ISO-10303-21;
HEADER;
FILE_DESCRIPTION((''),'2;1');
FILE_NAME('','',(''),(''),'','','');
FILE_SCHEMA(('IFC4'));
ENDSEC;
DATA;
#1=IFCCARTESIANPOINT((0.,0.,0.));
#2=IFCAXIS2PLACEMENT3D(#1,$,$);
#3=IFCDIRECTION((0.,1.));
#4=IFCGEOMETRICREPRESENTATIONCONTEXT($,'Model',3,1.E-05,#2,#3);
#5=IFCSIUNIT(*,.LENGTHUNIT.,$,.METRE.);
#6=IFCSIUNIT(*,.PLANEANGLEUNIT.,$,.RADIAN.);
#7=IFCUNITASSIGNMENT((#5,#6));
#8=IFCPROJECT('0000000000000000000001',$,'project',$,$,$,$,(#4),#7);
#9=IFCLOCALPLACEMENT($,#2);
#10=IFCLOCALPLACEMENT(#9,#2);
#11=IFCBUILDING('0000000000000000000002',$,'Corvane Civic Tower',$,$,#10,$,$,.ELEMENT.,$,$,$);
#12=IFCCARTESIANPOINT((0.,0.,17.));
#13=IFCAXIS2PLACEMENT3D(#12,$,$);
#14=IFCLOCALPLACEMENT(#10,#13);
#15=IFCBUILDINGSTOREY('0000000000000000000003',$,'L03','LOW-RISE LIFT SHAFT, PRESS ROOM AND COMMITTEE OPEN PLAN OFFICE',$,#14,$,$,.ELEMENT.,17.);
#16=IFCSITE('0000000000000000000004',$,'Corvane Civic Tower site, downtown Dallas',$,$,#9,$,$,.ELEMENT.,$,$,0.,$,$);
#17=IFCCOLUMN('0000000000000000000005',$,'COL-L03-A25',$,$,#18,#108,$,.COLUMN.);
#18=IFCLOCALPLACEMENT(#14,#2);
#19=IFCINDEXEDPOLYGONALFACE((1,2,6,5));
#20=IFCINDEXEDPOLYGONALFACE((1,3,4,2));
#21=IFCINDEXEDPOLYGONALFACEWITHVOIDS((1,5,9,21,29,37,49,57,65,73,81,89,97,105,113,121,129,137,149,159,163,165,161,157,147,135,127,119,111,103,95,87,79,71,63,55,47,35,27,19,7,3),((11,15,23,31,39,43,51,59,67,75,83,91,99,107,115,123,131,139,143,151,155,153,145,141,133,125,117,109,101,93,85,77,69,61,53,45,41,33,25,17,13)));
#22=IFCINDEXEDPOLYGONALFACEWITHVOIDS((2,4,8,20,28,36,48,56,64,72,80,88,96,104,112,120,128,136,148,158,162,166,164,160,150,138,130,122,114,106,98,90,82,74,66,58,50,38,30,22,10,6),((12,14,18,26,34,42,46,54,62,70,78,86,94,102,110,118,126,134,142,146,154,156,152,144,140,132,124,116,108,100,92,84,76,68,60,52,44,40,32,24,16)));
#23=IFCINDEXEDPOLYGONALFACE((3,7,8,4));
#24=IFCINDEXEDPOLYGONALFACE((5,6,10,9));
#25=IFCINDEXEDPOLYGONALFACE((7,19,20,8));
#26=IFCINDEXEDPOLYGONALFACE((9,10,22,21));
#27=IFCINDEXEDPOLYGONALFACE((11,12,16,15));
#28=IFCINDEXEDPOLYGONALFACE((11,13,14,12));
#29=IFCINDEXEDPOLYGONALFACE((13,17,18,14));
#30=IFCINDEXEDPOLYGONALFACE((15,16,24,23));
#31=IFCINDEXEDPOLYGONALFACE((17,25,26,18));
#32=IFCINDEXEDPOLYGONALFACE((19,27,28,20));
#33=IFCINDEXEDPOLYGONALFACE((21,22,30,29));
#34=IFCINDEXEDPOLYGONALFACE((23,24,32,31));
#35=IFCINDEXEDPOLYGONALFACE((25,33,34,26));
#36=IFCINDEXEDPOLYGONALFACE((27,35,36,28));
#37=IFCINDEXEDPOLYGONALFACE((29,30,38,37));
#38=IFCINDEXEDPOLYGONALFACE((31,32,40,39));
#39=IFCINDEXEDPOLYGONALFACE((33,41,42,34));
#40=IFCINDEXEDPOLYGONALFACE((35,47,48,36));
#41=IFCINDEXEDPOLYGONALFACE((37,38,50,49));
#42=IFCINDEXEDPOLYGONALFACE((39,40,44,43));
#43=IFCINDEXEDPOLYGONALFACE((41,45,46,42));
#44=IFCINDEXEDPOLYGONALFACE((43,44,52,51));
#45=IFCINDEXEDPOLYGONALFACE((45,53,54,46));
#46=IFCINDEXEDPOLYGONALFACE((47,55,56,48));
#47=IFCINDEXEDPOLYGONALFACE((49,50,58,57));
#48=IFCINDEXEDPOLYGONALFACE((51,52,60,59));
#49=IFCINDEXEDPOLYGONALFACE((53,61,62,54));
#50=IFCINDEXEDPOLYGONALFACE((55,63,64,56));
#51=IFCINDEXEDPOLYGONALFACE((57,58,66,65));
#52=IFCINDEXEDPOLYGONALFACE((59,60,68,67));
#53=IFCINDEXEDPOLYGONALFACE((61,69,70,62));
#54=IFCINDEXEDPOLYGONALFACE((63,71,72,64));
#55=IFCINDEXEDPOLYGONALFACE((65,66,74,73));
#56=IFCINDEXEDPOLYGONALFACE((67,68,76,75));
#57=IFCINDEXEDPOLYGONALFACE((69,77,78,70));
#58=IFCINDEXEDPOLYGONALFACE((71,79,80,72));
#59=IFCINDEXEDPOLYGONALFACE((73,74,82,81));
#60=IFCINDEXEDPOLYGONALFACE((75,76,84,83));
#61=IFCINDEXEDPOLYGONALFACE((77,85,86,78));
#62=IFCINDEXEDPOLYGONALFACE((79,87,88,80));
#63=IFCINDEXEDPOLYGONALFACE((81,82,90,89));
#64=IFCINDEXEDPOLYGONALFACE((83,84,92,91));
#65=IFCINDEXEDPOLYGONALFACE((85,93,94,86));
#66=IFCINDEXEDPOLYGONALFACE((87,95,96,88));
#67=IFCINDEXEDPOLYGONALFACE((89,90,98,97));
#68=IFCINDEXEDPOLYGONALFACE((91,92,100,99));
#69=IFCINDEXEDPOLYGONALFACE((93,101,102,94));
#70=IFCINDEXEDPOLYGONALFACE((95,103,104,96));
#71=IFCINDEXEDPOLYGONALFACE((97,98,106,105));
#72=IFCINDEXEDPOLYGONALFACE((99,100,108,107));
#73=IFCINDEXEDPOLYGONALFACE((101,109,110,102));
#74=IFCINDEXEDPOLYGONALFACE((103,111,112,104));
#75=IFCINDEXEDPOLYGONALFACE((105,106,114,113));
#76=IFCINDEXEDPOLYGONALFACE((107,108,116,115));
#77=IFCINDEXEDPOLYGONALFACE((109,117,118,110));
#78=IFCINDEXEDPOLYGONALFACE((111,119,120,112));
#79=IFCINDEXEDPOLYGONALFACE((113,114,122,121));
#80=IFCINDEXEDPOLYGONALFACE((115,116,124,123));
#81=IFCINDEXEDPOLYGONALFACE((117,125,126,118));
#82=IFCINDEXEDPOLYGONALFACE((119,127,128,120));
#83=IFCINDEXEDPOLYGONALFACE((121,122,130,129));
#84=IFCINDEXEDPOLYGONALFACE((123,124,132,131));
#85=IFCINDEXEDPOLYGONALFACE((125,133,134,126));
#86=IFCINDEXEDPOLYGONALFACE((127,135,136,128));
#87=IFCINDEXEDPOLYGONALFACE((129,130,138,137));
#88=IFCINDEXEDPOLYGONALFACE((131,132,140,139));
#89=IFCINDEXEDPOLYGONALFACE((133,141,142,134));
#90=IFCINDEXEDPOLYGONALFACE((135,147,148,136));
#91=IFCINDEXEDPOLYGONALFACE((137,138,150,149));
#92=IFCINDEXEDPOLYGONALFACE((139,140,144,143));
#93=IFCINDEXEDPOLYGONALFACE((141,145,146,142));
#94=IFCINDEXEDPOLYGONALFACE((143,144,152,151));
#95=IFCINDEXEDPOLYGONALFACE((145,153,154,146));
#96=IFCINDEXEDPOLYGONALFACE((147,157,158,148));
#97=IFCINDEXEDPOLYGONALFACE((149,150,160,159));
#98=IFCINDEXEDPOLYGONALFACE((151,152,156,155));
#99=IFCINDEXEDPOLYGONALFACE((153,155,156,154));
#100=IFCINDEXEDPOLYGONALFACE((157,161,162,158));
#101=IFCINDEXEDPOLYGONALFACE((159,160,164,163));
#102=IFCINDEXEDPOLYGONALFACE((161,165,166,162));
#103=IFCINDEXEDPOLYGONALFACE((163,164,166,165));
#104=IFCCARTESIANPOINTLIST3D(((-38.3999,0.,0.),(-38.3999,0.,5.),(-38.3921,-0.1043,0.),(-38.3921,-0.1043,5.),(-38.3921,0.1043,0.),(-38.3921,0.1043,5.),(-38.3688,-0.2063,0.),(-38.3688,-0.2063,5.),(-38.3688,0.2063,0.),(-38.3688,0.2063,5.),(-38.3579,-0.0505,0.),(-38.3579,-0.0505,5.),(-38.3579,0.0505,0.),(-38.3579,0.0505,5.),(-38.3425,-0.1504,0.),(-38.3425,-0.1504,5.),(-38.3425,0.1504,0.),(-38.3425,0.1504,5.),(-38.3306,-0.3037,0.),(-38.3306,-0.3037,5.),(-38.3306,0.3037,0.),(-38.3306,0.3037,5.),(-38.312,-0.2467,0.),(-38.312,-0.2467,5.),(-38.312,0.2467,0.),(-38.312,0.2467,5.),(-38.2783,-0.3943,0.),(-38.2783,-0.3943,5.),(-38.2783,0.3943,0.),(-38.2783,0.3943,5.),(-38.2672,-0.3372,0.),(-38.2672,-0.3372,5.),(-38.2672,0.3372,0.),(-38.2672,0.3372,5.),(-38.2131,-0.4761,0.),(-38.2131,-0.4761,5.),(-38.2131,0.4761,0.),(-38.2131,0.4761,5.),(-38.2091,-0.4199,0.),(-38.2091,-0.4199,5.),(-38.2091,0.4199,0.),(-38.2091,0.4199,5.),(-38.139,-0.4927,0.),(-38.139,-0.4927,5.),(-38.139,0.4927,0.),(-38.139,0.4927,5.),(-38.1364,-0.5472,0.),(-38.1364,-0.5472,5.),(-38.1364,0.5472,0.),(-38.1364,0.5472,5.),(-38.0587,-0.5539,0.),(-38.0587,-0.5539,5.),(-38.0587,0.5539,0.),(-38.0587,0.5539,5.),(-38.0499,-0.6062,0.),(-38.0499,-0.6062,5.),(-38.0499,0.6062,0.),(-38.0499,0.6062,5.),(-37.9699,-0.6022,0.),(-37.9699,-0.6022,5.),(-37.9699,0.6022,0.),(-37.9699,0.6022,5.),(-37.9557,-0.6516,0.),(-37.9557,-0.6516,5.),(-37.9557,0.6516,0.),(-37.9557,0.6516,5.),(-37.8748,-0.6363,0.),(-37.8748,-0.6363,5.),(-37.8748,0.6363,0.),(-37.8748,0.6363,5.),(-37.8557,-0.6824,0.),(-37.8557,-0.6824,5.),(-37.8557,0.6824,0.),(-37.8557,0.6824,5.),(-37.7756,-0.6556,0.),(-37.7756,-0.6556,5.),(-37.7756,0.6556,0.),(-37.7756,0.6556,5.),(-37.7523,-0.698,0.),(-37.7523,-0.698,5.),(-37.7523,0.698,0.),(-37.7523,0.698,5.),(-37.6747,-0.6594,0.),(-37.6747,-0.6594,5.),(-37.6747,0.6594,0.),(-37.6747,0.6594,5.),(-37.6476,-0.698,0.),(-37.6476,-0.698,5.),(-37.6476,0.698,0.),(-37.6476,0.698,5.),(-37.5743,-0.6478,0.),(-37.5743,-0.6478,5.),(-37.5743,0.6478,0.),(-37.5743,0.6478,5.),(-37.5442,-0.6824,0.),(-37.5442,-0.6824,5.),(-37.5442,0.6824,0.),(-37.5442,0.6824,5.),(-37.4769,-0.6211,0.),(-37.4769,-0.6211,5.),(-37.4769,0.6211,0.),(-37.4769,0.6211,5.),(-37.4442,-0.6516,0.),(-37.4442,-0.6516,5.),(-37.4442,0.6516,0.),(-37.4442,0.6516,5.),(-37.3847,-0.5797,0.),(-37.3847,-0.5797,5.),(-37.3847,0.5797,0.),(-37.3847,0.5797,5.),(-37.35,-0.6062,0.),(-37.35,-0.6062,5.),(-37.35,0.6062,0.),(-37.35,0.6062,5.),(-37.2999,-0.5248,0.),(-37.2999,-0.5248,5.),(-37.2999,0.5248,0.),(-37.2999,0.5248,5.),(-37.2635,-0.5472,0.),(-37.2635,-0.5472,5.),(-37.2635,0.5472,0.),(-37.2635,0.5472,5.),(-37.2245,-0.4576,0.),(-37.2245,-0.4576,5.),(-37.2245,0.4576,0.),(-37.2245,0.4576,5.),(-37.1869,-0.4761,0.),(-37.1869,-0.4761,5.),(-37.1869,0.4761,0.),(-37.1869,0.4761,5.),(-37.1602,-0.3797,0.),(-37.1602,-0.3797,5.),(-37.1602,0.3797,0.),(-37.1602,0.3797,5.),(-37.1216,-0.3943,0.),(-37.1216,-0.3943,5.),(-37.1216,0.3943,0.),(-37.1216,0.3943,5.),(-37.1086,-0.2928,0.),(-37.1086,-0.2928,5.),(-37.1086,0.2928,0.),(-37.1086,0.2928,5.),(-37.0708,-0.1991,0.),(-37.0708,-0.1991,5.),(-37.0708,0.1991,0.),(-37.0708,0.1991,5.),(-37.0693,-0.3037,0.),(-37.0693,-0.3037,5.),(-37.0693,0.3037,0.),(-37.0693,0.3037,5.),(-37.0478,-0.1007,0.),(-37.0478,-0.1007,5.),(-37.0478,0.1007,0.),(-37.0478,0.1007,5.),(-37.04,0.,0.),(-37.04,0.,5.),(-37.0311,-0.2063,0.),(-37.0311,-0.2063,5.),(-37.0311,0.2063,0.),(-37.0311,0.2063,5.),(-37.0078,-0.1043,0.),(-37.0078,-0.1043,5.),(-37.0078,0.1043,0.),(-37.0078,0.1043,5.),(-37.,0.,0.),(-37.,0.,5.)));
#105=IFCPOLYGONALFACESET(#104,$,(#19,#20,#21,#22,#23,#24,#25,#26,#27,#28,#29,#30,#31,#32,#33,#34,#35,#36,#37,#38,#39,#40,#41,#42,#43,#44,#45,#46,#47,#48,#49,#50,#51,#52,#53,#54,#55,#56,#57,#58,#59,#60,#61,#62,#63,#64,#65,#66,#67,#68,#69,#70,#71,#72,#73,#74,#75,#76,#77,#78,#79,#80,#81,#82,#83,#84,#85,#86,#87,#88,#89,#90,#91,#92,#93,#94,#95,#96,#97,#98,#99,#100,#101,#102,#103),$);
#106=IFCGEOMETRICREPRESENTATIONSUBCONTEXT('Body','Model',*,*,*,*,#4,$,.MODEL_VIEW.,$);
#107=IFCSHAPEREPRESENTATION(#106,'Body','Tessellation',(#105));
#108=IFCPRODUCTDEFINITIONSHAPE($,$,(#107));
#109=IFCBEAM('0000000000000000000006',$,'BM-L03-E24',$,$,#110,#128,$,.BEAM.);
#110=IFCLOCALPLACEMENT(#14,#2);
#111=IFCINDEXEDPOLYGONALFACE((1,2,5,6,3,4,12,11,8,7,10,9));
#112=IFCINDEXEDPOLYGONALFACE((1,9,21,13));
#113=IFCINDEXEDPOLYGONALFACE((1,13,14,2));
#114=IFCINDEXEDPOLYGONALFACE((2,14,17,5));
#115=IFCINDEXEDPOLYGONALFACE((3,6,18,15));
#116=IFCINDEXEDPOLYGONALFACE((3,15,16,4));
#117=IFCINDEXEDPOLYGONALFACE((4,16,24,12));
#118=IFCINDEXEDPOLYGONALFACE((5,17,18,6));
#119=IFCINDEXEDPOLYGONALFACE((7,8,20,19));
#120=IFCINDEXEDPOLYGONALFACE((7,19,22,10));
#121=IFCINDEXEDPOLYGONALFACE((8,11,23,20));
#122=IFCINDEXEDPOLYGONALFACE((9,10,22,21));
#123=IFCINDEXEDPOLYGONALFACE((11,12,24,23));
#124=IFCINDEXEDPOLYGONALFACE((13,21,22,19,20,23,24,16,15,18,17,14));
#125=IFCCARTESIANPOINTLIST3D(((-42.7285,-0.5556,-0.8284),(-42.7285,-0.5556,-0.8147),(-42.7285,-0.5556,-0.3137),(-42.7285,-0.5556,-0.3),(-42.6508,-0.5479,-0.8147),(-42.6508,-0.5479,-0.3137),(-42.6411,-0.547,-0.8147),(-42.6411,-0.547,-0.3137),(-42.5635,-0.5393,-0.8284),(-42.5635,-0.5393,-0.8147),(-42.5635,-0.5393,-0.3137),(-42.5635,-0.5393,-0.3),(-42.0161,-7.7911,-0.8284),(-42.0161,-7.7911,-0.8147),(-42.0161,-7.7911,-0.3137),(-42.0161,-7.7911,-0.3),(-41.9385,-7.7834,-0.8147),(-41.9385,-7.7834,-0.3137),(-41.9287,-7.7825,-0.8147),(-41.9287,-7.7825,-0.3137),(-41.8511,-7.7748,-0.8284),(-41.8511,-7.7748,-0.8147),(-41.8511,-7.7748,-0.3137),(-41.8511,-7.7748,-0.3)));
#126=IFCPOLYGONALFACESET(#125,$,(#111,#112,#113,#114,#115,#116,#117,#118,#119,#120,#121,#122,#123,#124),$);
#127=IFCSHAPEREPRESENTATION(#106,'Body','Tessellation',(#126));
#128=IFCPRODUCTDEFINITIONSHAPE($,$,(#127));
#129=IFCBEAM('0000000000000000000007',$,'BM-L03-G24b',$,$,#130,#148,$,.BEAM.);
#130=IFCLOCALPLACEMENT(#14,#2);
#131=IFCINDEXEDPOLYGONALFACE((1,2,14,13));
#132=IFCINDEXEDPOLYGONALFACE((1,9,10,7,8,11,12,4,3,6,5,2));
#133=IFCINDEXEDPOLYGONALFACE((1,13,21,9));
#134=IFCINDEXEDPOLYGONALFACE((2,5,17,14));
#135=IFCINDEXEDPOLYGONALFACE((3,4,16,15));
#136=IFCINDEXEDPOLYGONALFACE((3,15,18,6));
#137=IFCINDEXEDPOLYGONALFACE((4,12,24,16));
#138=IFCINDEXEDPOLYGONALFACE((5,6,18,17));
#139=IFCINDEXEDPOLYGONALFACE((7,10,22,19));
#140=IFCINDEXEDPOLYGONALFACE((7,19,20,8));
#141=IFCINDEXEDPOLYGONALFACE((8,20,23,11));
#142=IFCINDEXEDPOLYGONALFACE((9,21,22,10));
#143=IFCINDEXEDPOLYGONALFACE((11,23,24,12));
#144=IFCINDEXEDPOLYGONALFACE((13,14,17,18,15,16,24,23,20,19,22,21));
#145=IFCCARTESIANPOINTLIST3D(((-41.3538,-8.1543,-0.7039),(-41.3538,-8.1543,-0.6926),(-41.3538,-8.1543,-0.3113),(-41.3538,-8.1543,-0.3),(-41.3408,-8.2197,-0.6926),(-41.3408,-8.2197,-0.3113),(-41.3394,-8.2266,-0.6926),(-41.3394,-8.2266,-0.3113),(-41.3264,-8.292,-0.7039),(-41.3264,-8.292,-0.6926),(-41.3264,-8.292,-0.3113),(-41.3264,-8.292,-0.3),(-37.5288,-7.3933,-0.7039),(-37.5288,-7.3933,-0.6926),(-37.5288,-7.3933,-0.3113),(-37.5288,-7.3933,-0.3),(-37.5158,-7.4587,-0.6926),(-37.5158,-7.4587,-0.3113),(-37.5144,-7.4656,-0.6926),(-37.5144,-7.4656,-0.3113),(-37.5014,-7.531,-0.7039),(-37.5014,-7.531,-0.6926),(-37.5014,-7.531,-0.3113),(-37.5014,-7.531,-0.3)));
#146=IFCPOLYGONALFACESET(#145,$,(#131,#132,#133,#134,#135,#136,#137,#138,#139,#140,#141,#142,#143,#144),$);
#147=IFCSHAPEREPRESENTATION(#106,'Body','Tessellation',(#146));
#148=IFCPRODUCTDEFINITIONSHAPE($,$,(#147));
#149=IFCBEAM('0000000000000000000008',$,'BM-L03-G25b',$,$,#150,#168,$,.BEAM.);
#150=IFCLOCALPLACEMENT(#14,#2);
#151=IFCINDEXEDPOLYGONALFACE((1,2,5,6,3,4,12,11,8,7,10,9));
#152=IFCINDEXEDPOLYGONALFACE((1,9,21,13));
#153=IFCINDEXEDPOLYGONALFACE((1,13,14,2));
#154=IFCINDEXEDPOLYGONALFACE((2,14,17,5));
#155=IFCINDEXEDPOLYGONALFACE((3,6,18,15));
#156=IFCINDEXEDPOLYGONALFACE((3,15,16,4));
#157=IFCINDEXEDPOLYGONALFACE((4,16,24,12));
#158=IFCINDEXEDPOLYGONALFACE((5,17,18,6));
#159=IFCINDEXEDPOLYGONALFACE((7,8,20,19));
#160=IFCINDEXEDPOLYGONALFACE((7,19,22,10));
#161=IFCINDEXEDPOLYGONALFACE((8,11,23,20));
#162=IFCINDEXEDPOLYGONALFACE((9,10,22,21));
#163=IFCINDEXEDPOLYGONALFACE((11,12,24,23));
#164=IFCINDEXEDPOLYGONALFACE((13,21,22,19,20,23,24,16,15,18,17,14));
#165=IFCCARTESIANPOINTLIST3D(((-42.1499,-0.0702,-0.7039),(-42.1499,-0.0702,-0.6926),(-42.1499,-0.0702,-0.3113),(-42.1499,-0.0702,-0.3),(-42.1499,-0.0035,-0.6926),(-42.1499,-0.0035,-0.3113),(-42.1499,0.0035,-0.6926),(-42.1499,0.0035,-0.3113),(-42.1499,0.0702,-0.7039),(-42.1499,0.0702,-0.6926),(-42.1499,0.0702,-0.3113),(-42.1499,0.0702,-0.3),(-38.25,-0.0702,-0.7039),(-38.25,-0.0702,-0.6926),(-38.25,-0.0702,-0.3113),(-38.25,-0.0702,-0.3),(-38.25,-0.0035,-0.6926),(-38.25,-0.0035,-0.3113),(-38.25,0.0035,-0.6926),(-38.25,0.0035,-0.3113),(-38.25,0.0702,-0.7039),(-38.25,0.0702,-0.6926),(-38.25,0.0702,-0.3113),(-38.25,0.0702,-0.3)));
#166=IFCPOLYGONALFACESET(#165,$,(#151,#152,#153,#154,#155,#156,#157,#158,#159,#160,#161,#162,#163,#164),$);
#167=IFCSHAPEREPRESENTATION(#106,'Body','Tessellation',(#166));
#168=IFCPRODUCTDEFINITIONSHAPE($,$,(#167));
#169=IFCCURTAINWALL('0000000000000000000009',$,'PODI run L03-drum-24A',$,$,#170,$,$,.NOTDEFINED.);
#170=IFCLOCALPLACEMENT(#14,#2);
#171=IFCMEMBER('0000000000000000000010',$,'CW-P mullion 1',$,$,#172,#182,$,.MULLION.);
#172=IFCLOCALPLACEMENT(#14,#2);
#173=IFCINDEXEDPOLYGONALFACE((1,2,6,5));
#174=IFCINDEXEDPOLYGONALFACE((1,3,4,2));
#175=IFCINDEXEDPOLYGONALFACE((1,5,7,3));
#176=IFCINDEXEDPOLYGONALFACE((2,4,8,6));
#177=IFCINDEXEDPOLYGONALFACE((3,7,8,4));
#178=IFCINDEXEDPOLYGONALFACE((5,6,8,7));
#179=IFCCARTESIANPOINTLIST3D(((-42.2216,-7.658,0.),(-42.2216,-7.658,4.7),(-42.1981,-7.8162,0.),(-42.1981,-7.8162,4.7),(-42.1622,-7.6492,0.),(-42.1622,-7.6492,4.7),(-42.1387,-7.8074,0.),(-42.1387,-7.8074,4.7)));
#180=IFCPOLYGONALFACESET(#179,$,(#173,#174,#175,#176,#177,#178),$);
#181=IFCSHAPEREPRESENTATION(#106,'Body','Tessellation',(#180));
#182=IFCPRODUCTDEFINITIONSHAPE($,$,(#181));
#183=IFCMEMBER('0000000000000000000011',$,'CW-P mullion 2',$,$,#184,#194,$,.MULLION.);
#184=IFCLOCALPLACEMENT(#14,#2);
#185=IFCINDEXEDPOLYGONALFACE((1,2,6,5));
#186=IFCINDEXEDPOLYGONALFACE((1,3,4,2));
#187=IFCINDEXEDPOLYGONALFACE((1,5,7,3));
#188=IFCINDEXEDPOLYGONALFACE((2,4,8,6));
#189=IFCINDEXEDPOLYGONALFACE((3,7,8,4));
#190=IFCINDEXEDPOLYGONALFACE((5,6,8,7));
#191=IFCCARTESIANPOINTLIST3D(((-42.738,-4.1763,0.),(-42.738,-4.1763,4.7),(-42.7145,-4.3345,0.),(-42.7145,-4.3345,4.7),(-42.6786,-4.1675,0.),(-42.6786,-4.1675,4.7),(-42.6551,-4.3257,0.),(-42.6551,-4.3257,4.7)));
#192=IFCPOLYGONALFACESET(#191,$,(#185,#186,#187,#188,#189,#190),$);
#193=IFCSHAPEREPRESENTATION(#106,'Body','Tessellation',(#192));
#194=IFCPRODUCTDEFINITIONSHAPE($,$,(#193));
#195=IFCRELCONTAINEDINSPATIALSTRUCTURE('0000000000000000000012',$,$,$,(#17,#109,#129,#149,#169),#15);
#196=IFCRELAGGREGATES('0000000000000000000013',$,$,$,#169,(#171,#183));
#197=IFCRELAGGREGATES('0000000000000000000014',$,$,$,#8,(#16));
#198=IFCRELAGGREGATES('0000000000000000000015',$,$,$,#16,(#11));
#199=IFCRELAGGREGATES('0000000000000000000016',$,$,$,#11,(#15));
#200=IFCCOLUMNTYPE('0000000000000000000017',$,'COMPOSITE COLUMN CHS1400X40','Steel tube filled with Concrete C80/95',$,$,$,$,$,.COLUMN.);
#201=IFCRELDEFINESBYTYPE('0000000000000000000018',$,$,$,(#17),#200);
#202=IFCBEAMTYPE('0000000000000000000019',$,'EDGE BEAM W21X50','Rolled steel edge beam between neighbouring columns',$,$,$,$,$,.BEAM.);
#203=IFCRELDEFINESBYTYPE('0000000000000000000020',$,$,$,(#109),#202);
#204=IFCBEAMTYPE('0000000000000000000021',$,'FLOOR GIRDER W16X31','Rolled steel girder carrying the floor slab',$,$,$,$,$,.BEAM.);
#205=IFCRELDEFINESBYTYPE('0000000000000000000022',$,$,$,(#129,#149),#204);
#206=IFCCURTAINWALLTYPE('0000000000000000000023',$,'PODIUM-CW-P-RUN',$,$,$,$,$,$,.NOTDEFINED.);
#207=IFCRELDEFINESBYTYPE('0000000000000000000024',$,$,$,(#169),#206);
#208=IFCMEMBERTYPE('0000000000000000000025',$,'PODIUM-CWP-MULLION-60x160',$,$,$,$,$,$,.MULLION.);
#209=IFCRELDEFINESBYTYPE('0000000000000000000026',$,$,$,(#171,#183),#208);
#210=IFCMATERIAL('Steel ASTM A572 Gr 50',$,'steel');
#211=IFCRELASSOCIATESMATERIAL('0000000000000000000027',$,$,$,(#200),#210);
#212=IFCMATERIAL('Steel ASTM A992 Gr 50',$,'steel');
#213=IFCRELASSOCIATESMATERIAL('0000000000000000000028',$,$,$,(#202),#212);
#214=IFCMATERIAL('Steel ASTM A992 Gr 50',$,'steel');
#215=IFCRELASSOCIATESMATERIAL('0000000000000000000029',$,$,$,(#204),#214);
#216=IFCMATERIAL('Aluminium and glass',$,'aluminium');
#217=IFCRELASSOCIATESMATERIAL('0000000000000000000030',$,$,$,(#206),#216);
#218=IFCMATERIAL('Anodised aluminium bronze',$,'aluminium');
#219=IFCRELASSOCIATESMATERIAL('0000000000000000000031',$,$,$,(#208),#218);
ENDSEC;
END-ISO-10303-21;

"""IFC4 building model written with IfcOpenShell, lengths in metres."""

from ifc_helpers import new_model, si_unit, direction, frame, origin, origin_2d, place, context, subcontext, project, spatial, rectangle, hollow_circle, i_section, extrude, material, material_profile, profile_set, type_object, element, aggregate, save


model = new_model("IFC4")

# Units and contexts
model_context = context("Model", 3, precision=1e-05, world=origin(), true_north=direction((0.0, 1.0)))
body_context = subcontext(model_context, "Body", "Model", "MODEL_VIEW")
ifc_project = project(units=[si_unit("LENGTHUNIT", "METRE"), si_unit("PLANEANGLEUNIT", "RADIAN")], contexts=[model_context])

# Site, building, storey
site_placement = place(None, origin())
site = spatial("IfcSite", under=ifc_project, at=site_placement, Name="Corvane Civic Tower site, downtown Dallas", CompositionType="ELEMENT", RefElevation=0.0)
building_placement = place(site_placement, origin())
building = spatial("IfcBuilding", under=site, at=building_placement, Name="Corvane Civic Tower", CompositionType="ELEMENT")
storey_placement = place(building_placement, frame((0.0, 0.0, 17.0)))
storey = spatial("IfcBuildingStorey", under=building, at=storey_placement, Name="L03", Description="LOW-RISE LIFT SHAFT, PRESS ROOM AND COMMITTEE OPEN PLAN OFFICE", CompositionType="ELEMENT", Elevation=17.0)

# Column
ifc_material_1 = material(Name="Steel ASTM A572 Gr 50", Category="steel")
ifc_material_profile_1 = material_profile(ifc_material_1, hollow_circle(Radius=0.7, WallThickness=0.04, at=origin_2d()), Name="CHS1400X40")
ifc_profile_set_1 = profile_set([ifc_material_profile_1], Name="Steel ASTM A572 Gr 50")
column_type_1 = type_object("IfcColumnType", Name="COMPOSITE COLUMN CHS1400X40", Description="Steel tube filled with Concrete C80/95", PredefinedType="COLUMN", material=ifc_profile_set_1)
for number, where, z_axis, x_axis, name in (
    (1, (-37.7, 0.0, 0.0), (0.0, 0.0, 1.0), (1.0, 0.0, 0.0), "COL-L03-A25"),
):
    element("IfcColumn", number, at=place(storey_placement, frame(where, z_axis=z_axis, x_axis=x_axis)), inside=storey, type_object=column_type_1, Name=name, PredefinedType="COLUMN", context=body_context, shape_type="SweptSolid", body=[
        extrude(hollow_circle(Radius=0.7, WallThickness=0.04, at=origin_2d()), origin(), (0.0, 0.0, 1.0), 5.0),
    ])

# Beams
ifc_material_2 = material(Name="Steel ASTM A992 Gr 50", Category="steel")
ifc_material_profile_2 = material_profile(ifc_material_2, i_section(OverallWidth=0.1658, OverallDepth=0.5283, WebThickness=0.0098, FlangeThickness=0.0137, at=origin_2d()), Name="W21X50")
ifc_profile_set_2 = profile_set([ifc_material_profile_2], Name="Steel ASTM A992 Gr 50")
beam_type_1 = type_object("IfcBeamType", Name="EDGE BEAM W21X50", Description="Rolled steel edge beam between neighbouring columns", PredefinedType="BEAM", material=ifc_profile_set_2)
beam_placement = place(storey_placement, frame((-41.9336, -7.783, -0.5642), z_axis=(-0.097984, 0.995188, 0.0), x_axis=(-0.995188, -0.097984, 0.0)))
element("IfcBeam", 2, at=beam_placement, inside=storey, type_object=beam_type_1, Name="BM-L03-E24", PredefinedType="BEAM", context=body_context, shape_type="SweptSolid", body=[
    extrude(i_section(OverallWidth=0.1658, OverallDepth=0.5283, WebThickness=0.0098, FlangeThickness=0.0137, at=origin_2d()), origin(), (0.0, 0.0, 1.0), 7.2705),
])
ifc_material_3 = material(Name="Steel ASTM A992 Gr 50", Category="steel")
ifc_material_profile_3 = material_profile(ifc_material_3, i_section(OverallWidth=0.1404, OverallDepth=0.4038, WebThickness=0.0071, FlangeThickness=0.0112, at=origin_2d()), Name="W16X31")
ifc_profile_set_3 = profile_set([ifc_material_profile_3], Name="Steel ASTM A992 Gr 50")
beam_type_2 = type_object("IfcBeamType", Name="FLOOR GIRDER W16X31", Description="Rolled steel girder carrying the floor slab", PredefinedType="BEAM", material=ifc_profile_set_3)
for number, where, z_axis, x_axis, name in (
    (3, (-37.5151, -7.4622, -0.502), (-0.980778, -0.195129, 0.0), (0.195129, -0.980778, 0.0), "BM-L03-G24b"),
    (4, (-38.25, 0.0, -0.502), (-1.0, 0.0, 0.0), (0.0, -1.0, 0.0), "BM-L03-G25b"),
):
    element("IfcBeam", number, at=place(storey_placement, frame(where, z_axis=z_axis, x_axis=x_axis)), inside=storey, type_object=beam_type_2, Name=name, PredefinedType="BEAM", context=body_context, shape_type="SweptSolid", body=[
        extrude(i_section(OverallWidth=0.1404, OverallDepth=0.4038, WebThickness=0.0071, FlangeThickness=0.0112, at=origin_2d()), origin(), (0.0, 0.0, 1.0), 3.8999),
    ])

# Curtain wall, members
ifc_material_4 = material(Name="Aluminium and glass", Category="aluminium")
curtain_wall_type = type_object("IfcCurtainWallType", Name="PODIUM-CW-P-RUN", PredefinedType="NOTDEFINED", material=ifc_material_4)
curtain_wall_1_placement = place(storey_placement, origin())
curtain_wall_1 = element("IfcCurtainWall", 5, at=curtain_wall_1_placement, inside=storey, type_object=curtain_wall_type, Name="PODI run L03-drum-24A", PredefinedType="NOTDEFINED")
ifc_material_5 = material(Name="Anodised aluminium bronze", Category="aluminium")
ifc_material_profile_4 = material_profile(ifc_material_5, rectangle(XDim=0.0601, YDim=0.1599, at=origin_2d()), Name="AL 60x160")
ifc_profile_set_4 = profile_set([ifc_material_profile_4], Name="Anodised aluminium bronze")
member_type_1 = type_object("IfcMemberType", Name="PODIUM-CWP-MULLION-60x160", PredefinedType="MULLION", material=ifc_profile_set_4)
member_1_placement = place(storey_placement, frame((-42.1802, -7.7327, 0.0), z_axis=(0.0, 0.0, 1.0), x_axis=(-0.989179, -0.146715, 0.0)))
member_1 = element("IfcMember", 6, at=member_1_placement, type_object=member_type_1, Name="CW-P mullion 1", PredefinedType="MULLION", context=body_context, shape_type="SweptSolid", body=[
    extrude(rectangle(XDim=0.0601, YDim=0.1599, at=origin_2d()), origin(), (0.0, 0.0, 1.0), 4.7),
])
member_2_placement = place(storey_placement, frame((-42.6965, -4.251, 0.0), z_axis=(0.0, 0.0, 1.0), x_axis=(-0.989179, -0.146715, 0.0)))
member_2 = element("IfcMember", 7, at=member_2_placement, type_object=member_type_1, Name="CW-P mullion 2", PredefinedType="MULLION", context=body_context, shape_type="SweptSolid", body=[
    extrude(rectangle(XDim=0.0601, YDim=0.1599, at=origin_2d()), origin(), (0.0, 0.0, 1.0), 4.7),
])

aggregate(curtain_wall_1, [member_1, member_2])

save(model, "model.ifc")
